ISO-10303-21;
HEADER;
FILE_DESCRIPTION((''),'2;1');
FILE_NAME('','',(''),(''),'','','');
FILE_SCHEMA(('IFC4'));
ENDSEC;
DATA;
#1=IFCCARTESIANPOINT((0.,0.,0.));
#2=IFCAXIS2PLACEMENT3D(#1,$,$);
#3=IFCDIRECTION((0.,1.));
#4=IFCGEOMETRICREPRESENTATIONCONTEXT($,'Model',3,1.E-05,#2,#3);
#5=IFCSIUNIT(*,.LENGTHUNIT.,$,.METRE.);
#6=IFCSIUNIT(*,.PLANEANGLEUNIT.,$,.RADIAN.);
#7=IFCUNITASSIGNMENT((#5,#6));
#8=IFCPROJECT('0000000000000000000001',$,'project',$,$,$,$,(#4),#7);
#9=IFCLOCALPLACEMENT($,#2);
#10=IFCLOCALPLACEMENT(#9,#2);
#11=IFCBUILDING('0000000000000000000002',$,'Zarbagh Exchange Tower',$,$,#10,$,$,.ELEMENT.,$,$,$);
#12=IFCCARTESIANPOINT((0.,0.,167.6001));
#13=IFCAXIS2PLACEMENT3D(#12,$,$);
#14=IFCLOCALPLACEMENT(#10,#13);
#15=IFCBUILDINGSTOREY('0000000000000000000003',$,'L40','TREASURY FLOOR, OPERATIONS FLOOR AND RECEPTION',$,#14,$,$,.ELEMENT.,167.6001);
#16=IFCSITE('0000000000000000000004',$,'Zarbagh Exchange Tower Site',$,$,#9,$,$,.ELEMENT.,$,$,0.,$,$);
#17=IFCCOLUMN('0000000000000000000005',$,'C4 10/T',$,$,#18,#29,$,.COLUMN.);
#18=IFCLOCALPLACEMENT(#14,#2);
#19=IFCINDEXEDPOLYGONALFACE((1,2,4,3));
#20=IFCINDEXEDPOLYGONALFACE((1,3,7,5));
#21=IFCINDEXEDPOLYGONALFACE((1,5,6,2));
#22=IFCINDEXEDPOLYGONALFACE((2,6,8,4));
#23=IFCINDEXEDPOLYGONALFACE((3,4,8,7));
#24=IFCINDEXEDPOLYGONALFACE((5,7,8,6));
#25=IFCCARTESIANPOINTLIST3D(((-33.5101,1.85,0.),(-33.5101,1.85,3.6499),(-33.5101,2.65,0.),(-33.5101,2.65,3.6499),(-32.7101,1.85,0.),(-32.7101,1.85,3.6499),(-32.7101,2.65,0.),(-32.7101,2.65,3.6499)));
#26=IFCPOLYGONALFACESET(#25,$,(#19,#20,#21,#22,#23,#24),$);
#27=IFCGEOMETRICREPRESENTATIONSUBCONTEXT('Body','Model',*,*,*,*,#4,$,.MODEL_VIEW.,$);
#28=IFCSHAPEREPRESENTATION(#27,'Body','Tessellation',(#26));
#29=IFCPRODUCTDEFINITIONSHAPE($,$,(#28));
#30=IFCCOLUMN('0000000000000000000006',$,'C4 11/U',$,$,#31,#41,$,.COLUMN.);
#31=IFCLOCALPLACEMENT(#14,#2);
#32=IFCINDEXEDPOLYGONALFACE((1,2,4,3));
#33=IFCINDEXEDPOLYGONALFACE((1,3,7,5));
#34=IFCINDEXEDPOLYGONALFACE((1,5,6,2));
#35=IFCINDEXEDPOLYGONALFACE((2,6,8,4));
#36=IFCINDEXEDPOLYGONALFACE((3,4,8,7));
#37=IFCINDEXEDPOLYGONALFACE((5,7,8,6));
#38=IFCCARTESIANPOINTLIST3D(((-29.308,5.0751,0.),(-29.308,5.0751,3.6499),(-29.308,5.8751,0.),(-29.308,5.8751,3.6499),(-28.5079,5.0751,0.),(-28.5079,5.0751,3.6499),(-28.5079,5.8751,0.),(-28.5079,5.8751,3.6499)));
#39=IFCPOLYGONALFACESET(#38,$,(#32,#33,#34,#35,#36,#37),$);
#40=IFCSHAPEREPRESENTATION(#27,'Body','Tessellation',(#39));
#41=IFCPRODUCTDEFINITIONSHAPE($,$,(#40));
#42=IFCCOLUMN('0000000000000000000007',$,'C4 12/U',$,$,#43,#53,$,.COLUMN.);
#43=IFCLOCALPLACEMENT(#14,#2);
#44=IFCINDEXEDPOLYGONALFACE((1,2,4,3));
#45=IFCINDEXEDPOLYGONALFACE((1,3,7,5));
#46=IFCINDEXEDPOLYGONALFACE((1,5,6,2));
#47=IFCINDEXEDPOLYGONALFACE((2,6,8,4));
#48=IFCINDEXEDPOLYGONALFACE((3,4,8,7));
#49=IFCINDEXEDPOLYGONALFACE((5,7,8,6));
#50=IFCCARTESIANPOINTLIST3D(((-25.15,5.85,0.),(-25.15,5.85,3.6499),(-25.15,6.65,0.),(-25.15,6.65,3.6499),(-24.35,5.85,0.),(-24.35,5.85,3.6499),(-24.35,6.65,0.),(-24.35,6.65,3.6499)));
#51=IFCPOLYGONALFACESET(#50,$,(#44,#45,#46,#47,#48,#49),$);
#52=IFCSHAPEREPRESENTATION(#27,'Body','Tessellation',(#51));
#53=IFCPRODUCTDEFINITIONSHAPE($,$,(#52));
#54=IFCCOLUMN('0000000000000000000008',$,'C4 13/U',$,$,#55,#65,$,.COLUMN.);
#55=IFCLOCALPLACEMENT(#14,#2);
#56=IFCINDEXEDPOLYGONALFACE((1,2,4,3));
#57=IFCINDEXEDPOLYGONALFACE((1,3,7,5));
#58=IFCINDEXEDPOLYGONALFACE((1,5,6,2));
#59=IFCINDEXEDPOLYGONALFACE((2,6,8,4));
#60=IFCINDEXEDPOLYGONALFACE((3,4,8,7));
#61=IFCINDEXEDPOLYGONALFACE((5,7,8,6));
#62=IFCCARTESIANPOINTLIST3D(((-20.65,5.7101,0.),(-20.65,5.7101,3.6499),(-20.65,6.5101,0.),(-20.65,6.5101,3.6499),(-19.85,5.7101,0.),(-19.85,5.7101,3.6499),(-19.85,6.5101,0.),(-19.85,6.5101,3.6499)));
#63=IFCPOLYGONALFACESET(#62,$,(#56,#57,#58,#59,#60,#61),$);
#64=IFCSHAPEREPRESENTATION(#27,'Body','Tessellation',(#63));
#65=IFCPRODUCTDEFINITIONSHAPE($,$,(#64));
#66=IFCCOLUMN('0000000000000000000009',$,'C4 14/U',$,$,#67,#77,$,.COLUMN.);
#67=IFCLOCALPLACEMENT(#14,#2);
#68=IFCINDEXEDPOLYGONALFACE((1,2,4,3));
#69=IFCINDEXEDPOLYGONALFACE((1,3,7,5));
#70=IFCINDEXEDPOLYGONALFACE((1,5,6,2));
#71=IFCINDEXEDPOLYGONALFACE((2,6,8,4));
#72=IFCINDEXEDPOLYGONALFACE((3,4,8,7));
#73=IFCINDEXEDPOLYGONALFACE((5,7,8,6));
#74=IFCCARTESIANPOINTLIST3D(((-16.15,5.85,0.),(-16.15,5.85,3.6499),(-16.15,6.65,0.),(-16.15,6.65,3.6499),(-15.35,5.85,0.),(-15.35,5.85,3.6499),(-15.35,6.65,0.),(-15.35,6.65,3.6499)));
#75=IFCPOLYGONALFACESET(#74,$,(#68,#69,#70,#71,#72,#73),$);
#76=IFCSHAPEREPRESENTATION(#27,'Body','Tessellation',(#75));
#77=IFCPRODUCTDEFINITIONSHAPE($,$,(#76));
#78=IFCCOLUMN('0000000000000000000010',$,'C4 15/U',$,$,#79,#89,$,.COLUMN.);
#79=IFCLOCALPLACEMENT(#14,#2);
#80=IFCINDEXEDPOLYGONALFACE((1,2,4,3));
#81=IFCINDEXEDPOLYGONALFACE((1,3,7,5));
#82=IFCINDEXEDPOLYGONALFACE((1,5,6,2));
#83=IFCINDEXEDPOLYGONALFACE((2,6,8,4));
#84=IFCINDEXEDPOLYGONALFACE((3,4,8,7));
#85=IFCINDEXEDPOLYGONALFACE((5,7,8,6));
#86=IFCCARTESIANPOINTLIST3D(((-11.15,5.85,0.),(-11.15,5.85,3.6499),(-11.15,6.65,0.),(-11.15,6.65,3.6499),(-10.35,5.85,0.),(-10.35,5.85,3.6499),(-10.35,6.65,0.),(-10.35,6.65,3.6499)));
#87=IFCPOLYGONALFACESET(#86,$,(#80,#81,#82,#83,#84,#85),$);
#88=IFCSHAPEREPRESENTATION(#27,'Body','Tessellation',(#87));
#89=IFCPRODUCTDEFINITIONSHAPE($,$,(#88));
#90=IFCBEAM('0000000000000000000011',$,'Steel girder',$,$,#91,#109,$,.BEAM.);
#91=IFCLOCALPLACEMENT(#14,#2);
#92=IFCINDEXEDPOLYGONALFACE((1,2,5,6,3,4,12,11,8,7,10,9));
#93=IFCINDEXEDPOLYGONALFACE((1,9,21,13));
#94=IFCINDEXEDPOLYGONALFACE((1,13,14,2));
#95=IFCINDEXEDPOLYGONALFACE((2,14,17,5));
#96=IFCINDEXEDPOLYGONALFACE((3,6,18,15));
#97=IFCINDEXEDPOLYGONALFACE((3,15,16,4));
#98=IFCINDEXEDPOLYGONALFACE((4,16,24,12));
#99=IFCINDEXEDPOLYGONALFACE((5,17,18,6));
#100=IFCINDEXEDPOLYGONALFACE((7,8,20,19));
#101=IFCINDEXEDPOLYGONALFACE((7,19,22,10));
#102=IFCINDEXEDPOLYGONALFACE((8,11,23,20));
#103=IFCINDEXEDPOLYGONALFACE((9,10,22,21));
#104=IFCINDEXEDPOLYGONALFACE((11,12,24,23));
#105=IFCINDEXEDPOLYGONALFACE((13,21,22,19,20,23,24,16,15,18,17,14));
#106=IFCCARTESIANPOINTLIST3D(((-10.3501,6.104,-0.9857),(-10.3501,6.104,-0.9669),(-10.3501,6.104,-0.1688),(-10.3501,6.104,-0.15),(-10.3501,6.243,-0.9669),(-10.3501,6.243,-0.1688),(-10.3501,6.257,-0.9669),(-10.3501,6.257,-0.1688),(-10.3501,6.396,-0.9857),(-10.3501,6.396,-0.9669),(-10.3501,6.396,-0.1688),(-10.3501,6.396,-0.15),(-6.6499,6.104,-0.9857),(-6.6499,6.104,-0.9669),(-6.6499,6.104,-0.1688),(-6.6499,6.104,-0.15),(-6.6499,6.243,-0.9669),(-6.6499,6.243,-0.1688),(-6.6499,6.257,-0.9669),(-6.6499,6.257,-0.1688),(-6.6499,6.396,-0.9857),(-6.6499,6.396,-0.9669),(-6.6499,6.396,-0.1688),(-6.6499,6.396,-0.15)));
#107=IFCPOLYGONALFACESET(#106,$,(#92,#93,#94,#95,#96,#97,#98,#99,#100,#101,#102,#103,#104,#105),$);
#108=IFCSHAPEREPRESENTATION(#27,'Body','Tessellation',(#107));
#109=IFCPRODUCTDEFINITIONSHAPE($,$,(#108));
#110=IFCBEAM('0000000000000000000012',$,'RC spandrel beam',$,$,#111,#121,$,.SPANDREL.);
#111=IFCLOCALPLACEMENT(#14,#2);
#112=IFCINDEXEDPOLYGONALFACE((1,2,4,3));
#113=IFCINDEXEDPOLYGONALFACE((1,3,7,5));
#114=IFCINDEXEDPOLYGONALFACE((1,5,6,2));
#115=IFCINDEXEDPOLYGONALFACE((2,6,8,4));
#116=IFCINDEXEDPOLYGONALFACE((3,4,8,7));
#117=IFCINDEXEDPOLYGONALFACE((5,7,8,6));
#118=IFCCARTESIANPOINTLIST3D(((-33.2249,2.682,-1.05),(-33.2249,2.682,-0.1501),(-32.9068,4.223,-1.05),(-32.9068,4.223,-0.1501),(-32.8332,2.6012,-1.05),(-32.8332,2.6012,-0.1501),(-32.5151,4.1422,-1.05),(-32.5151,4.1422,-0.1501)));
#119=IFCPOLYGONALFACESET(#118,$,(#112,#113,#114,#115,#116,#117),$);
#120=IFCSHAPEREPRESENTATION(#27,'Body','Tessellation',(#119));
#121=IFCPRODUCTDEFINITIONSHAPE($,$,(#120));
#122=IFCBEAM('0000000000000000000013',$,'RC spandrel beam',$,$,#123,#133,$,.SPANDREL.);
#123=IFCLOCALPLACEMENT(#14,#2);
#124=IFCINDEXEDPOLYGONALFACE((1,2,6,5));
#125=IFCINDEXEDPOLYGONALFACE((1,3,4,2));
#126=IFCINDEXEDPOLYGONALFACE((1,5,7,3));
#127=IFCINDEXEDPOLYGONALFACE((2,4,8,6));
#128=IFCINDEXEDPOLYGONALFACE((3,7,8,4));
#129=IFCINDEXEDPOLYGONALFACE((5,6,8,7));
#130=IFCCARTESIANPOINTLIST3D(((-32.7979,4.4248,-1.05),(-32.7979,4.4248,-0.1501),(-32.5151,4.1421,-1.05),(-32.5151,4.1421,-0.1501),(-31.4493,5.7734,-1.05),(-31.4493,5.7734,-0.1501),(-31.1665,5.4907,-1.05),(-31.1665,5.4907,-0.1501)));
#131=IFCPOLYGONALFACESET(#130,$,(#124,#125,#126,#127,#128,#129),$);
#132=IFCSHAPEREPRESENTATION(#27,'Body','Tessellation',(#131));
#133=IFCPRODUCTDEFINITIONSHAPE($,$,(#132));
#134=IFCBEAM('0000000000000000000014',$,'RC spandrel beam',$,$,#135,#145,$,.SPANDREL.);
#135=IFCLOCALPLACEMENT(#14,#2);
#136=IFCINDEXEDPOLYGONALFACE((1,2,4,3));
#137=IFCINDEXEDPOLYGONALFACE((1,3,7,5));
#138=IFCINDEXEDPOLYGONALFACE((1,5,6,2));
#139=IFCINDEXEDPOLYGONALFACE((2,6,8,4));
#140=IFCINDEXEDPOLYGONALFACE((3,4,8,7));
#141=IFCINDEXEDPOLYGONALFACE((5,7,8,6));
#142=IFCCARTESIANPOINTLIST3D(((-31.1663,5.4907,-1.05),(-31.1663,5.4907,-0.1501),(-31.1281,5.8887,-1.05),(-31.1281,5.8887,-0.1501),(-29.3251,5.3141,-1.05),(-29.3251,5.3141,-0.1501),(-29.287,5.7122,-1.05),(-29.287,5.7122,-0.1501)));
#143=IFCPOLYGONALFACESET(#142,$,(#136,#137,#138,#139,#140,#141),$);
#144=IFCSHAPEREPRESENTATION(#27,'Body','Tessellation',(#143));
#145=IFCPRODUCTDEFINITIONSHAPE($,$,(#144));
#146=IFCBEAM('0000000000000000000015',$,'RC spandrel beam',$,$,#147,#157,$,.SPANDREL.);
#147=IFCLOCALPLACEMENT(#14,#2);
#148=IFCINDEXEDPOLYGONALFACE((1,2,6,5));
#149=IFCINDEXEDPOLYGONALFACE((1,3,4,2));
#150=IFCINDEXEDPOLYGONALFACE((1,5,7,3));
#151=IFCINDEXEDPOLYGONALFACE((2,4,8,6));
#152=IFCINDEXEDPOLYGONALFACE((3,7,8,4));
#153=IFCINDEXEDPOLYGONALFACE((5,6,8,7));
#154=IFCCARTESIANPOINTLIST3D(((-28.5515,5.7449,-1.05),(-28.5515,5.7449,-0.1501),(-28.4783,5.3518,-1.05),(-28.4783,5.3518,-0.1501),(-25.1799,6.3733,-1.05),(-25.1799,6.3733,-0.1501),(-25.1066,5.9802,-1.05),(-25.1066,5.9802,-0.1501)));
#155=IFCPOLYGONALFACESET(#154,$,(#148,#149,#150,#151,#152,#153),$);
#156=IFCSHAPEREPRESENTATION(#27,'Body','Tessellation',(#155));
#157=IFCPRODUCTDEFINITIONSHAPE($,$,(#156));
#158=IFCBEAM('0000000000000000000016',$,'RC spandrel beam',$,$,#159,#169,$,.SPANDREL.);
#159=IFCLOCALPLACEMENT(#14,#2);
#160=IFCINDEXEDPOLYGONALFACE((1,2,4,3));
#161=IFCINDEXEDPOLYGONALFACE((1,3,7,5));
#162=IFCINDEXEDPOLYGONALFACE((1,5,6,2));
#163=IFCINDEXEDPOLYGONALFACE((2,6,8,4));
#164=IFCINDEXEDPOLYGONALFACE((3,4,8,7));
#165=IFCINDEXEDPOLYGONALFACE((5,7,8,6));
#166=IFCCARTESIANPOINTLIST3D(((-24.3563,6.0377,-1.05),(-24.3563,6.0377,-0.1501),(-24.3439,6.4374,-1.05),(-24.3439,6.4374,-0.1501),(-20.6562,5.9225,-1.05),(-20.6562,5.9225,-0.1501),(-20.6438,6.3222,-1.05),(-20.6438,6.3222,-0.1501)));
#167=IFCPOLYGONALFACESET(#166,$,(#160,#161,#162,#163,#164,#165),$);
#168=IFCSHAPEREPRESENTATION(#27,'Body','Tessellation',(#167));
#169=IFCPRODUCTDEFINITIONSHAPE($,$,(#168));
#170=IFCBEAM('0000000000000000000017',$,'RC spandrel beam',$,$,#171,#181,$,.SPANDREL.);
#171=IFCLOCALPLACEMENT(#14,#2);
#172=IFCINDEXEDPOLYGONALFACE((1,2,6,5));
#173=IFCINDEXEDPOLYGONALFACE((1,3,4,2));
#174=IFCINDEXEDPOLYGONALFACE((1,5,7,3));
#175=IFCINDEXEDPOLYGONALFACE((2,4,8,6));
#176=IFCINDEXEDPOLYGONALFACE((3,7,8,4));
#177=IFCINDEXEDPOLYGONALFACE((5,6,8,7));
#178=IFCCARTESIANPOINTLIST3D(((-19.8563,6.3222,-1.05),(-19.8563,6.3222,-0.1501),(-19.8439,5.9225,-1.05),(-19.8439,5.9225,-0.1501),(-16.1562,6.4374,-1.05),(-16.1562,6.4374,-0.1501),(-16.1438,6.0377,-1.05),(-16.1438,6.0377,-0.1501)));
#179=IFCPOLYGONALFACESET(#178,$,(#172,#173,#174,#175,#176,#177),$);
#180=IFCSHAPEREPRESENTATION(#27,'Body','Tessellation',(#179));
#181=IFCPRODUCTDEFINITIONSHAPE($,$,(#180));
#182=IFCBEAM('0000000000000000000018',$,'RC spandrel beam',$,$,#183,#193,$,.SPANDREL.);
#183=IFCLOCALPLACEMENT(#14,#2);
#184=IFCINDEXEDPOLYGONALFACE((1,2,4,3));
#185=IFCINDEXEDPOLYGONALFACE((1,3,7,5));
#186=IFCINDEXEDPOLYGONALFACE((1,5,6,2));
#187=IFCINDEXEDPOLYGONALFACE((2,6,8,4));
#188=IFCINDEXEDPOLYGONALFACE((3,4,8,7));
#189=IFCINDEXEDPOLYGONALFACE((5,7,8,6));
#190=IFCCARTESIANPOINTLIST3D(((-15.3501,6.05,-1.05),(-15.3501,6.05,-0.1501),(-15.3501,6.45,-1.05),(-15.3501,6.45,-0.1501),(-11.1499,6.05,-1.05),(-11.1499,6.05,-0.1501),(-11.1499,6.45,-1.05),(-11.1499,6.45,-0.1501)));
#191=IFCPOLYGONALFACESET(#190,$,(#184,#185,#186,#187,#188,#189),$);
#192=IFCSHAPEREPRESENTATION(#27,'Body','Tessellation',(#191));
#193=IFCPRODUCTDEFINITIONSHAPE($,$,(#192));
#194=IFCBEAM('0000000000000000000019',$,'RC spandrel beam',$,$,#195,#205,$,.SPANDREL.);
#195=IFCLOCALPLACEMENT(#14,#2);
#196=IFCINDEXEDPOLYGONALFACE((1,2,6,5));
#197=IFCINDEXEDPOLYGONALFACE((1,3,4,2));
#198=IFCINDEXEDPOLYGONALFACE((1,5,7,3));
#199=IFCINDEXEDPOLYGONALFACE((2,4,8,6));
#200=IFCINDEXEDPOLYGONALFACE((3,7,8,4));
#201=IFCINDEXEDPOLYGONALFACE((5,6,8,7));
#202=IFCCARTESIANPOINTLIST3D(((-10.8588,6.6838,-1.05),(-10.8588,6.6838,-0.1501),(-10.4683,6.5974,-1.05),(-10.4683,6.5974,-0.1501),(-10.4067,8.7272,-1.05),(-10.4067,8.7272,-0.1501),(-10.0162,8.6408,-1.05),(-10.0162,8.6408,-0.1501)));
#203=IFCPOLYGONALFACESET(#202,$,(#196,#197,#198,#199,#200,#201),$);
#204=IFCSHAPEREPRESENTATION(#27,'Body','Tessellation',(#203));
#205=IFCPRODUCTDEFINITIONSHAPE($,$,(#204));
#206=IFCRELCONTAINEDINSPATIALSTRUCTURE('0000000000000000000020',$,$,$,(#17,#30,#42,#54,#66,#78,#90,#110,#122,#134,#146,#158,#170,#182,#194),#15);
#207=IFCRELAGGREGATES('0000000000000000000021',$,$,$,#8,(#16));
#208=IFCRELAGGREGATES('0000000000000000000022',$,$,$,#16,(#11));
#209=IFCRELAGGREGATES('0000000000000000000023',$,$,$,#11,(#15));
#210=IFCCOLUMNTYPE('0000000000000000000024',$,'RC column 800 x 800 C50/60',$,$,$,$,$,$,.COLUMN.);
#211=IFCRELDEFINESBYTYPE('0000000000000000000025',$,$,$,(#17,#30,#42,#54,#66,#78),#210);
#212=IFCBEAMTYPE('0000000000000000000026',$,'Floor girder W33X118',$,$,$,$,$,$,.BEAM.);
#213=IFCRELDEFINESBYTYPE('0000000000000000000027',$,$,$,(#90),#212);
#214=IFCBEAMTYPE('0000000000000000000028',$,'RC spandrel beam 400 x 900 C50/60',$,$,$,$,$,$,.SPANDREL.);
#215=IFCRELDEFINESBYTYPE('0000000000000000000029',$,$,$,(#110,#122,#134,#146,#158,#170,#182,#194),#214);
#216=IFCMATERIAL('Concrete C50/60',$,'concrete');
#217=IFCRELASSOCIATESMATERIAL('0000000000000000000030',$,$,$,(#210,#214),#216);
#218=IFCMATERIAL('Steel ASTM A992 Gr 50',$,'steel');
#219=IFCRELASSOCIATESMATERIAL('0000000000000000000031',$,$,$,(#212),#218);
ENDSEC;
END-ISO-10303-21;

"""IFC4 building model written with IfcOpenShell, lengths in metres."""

from ifc_helpers import new_model, si_unit, direction, frame, origin, origin_2d, place, context, subcontext, project, spatial, rectangle, i_section, extrude, material, material_profile, profile_set, type_object, element, save


model = new_model("IFC4")

# Units and contexts
model_context = context("Model", 3, precision=1e-05, world=origin(), true_north=direction((0.0, 1.0)))
body_context = subcontext(model_context, "Body", "Model", "MODEL_VIEW")
ifc_project = project(units=[si_unit("LENGTHUNIT", "METRE"), si_unit("PLANEANGLEUNIT", "RADIAN")], contexts=[model_context])

# Site, building, storey
site_placement = place(None, origin())
site = spatial("IfcSite", under=ifc_project, at=site_placement, Name="Zarbagh Exchange Tower Site", CompositionType="ELEMENT", RefElevation=0.0)
building_placement = place(site_placement, origin())
building = spatial("IfcBuilding", under=site, at=building_placement, Name="Zarbagh Exchange Tower", CompositionType="ELEMENT")
storey_placement = place(building_placement, frame((0.0, 0.0, 167.6001)))
storey = spatial("IfcBuildingStorey", under=building, at=storey_placement, Name="L40", Description="TREASURY FLOOR, OPERATIONS FLOOR AND RECEPTION", CompositionType="ELEMENT", Elevation=167.6001)

# Columns
ifc_material_1 = material(Name="Concrete C50/60", Category="concrete")
ifc_material_profile_1 = material_profile(ifc_material_1, rectangle(XDim=0.8, YDim=0.8, at=origin_2d()), Name="RC column 800 x 800 C50/60")
ifc_profile_set_1 = profile_set([ifc_material_profile_1], Name="Concrete C50/60")
column_type = type_object("IfcColumnType", Name="RC column 800 x 800 C50/60", PredefinedType="COLUMN", material=ifc_profile_set_1)
for number, where, z_axis, x_axis, name in (
    (1, (-33.1101, 2.25, 0.0), (0.0, 0.0, 1.0), (1.0, 0.0, 0.0), "C4 10/T"),
    (2, (-28.908, 5.4751, 0.0), (0.0, 0.0, 1.0), (1.0, 0.0, 0.0), "C4 11/U"),
    (3, (-24.75, 6.25, 0.0), (0.0, 0.0, 1.0), (1.0, 0.0, 0.0), "C4 12/U"),
    (4, (-20.25, 6.1101, 0.0), (0.0, 0.0, 1.0), (1.0, 0.0, 0.0), "C4 13/U"),
    (5, (-15.75, 6.25, 0.0), (0.0, 0.0, 1.0), (1.0, 0.0, 0.0), "C4 14/U"),
    (6, (-10.75, 6.25, 0.0), (0.0, 0.0, 1.0), (1.0, 0.0, 0.0), "C4 15/U"),
):
    element("IfcColumn", number, at=place(storey_placement, frame(where, z_axis=z_axis, x_axis=x_axis)), inside=storey, type_object=column_type, Name=name, PredefinedType="COLUMN", context=body_context, shape_type="SweptSolid", body=[
        extrude(rectangle(XDim=0.8, YDim=0.8, at=origin_2d()), origin(), (0.0, 0.0, 1.0), 3.6499),
    ])

# Beams
ifc_material_2 = material(Name="Steel ASTM A992 Gr 50", Category="steel")
ifc_material_profile_2 = material_profile(ifc_material_2, i_section(OverallWidth=0.292, OverallDepth=0.8357, WebThickness=0.0139, FlangeThickness=0.0188, at=origin_2d()), Name="W33X118")
ifc_profile_set_2 = profile_set([ifc_material_profile_2], Name="Steel ASTM A992 Gr 50")
beam_type_1 = type_object("IfcBeamType", Name="Floor girder W33X118", PredefinedType="BEAM", material=ifc_profile_set_2)
beam_1_placement = place(storey_placement, frame((-10.3501, 6.25, -0.5679), z_axis=(1.0, 0.0, 0.0), x_axis=(0.0, 1.0, 0.0)))
element("IfcBeam", 7, at=beam_1_placement, inside=storey, type_object=beam_type_1, Name="Steel girder", PredefinedType="BEAM", context=body_context, shape_type="SweptSolid", body=[
    extrude(i_section(OverallWidth=0.292, OverallDepth=0.8357, WebThickness=0.0139, FlangeThickness=0.0188, at=origin_2d()), origin(), (0.0, 0.0, 1.0), 3.7002),
])
ifc_material_profile_3 = material_profile(ifc_material_1, rectangle(XDim=0.3999, YDim=0.8999, at=origin_2d()), Name="RC spandrel beam 400 x 900 C50/60")
ifc_profile_set_3 = profile_set([ifc_material_profile_3], Name="Concrete C50/60")
beam_type_2 = type_object("IfcBeamType", Name="RC spandrel beam 400 x 900 C50/60", PredefinedType="SPANDREL", material=ifc_profile_set_3)
beam_2_placement = place(storey_placement, frame((-33.0291, 2.6416, -0.6001), z_axis=(0.202169, 0.979351, 0.0), x_axis=(-0.979351, 0.202169, 0.0)))
element("IfcBeam", 8, at=beam_2_placement, inside=storey, type_object=beam_type_2, Name="RC spandrel beam", PredefinedType="SPANDREL", context=body_context, shape_type="SweptSolid", body=[
    extrude(rectangle(XDim=0.3999, YDim=0.8999, at=origin_2d()), origin(), (0.0, 0.0, 1.0), 1.5735),
])
beam_3_placement = place(storey_placement, frame((-32.6565, 4.2834, -0.6001), z_axis=(0.707107, 0.707107, 0.0), x_axis=(-0.707107, 0.707107, 0.0)))
element("IfcBeam", 9, at=beam_3_placement, inside=storey, type_object=beam_type_2, Name="RC spandrel beam", PredefinedType="SPANDREL", context=body_context, shape_type="SweptSolid", body=[
    extrude(rectangle(XDim=0.3999, YDim=0.8999, at=origin_2d()), origin(), (0.0, 0.0, 1.0), 1.9072),
])
beam_4_placement = place(storey_placement, frame((-31.1472, 5.6897, -0.6001), z_axis=(0.995435, -0.095438, 0.0), x_axis=(0.095438, 0.995435, 0.0)))
element("IfcBeam", 10, at=beam_4_placement, inside=storey, type_object=beam_type_2, Name="RC spandrel beam", PredefinedType="SPANDREL", context=body_context, shape_type="SweptSolid", body=[
    extrude(rectangle(XDim=0.3999, YDim=0.8999, at=origin_2d()), origin(), (0.0, 0.0, 1.0), 1.8496),
])
beam_5_placement = place(storey_placement, frame((-28.5149, 5.5483, -0.6001), z_axis=(0.98307, 0.183231, 0.0), x_axis=(-0.183231, 0.98307, 0.0)))
element("IfcBeam", 11, at=beam_5_placement, inside=storey, type_object=beam_type_2, Name="RC spandrel beam", PredefinedType="SPANDREL", context=body_context, shape_type="SweptSolid", body=[
    extrude(rectangle(XDim=0.3999, YDim=0.8999, at=origin_2d()), origin(), (0.0, 0.0, 1.0), 3.4297),
])
for number, where, z_axis, x_axis, name in (
    (12, (-24.3501, 6.2375, -0.6001), (0.999515, -0.031128, 0.0), (0.031128, 0.999515, 0.0), "RC spandrel beam"),
    (13, (-19.8501, 6.1223, -0.6001), (0.999515, 0.031128, 0.0), (-0.031128, 0.999515, 0.0), "RC spandrel beam"),
):
    element("IfcBeam", number, at=place(storey_placement, frame(where, z_axis=z_axis, x_axis=x_axis)), inside=storey, type_object=beam_type_2, Name=name, PredefinedType="SPANDREL", context=body_context, shape_type="SweptSolid", body=[
        extrude(rectangle(XDim=0.3999, YDim=0.8999, at=origin_2d()), origin(), (0.0, 0.0, 1.0), 3.7019),
    ])
beam_6_placement = place(storey_placement, frame((-15.3501, 6.25, -0.6001), z_axis=(1.0, 0.0, 0.0), x_axis=(0.0, 1.0, 0.0)))
element("IfcBeam", 14, at=beam_6_placement, inside=storey, type_object=beam_type_2, Name="RC spandrel beam", PredefinedType="SPANDREL", context=body_context, shape_type="SweptSolid", body=[
    extrude(rectangle(XDim=0.3999, YDim=0.8999, at=origin_2d()), origin(), (0.0, 0.0, 1.0), 4.2002),
])
beam_7_placement = place(storey_placement, frame((-10.6636, 6.6406, -0.6001), z_axis=(0.216041, 0.976384, 0.0), x_axis=(-0.976384, 0.216041, 0.0)))
element("IfcBeam", 15, at=beam_7_placement, inside=storey, type_object=beam_type_2, Name="RC spandrel beam", PredefinedType="SPANDREL", context=body_context, shape_type="SweptSolid", body=[
    extrude(rectangle(XDim=0.3999, YDim=0.8999, at=origin_2d()), origin(), (0.0, 0.0, 1.0), 2.0928),
])

save(model, "model.ifc")
